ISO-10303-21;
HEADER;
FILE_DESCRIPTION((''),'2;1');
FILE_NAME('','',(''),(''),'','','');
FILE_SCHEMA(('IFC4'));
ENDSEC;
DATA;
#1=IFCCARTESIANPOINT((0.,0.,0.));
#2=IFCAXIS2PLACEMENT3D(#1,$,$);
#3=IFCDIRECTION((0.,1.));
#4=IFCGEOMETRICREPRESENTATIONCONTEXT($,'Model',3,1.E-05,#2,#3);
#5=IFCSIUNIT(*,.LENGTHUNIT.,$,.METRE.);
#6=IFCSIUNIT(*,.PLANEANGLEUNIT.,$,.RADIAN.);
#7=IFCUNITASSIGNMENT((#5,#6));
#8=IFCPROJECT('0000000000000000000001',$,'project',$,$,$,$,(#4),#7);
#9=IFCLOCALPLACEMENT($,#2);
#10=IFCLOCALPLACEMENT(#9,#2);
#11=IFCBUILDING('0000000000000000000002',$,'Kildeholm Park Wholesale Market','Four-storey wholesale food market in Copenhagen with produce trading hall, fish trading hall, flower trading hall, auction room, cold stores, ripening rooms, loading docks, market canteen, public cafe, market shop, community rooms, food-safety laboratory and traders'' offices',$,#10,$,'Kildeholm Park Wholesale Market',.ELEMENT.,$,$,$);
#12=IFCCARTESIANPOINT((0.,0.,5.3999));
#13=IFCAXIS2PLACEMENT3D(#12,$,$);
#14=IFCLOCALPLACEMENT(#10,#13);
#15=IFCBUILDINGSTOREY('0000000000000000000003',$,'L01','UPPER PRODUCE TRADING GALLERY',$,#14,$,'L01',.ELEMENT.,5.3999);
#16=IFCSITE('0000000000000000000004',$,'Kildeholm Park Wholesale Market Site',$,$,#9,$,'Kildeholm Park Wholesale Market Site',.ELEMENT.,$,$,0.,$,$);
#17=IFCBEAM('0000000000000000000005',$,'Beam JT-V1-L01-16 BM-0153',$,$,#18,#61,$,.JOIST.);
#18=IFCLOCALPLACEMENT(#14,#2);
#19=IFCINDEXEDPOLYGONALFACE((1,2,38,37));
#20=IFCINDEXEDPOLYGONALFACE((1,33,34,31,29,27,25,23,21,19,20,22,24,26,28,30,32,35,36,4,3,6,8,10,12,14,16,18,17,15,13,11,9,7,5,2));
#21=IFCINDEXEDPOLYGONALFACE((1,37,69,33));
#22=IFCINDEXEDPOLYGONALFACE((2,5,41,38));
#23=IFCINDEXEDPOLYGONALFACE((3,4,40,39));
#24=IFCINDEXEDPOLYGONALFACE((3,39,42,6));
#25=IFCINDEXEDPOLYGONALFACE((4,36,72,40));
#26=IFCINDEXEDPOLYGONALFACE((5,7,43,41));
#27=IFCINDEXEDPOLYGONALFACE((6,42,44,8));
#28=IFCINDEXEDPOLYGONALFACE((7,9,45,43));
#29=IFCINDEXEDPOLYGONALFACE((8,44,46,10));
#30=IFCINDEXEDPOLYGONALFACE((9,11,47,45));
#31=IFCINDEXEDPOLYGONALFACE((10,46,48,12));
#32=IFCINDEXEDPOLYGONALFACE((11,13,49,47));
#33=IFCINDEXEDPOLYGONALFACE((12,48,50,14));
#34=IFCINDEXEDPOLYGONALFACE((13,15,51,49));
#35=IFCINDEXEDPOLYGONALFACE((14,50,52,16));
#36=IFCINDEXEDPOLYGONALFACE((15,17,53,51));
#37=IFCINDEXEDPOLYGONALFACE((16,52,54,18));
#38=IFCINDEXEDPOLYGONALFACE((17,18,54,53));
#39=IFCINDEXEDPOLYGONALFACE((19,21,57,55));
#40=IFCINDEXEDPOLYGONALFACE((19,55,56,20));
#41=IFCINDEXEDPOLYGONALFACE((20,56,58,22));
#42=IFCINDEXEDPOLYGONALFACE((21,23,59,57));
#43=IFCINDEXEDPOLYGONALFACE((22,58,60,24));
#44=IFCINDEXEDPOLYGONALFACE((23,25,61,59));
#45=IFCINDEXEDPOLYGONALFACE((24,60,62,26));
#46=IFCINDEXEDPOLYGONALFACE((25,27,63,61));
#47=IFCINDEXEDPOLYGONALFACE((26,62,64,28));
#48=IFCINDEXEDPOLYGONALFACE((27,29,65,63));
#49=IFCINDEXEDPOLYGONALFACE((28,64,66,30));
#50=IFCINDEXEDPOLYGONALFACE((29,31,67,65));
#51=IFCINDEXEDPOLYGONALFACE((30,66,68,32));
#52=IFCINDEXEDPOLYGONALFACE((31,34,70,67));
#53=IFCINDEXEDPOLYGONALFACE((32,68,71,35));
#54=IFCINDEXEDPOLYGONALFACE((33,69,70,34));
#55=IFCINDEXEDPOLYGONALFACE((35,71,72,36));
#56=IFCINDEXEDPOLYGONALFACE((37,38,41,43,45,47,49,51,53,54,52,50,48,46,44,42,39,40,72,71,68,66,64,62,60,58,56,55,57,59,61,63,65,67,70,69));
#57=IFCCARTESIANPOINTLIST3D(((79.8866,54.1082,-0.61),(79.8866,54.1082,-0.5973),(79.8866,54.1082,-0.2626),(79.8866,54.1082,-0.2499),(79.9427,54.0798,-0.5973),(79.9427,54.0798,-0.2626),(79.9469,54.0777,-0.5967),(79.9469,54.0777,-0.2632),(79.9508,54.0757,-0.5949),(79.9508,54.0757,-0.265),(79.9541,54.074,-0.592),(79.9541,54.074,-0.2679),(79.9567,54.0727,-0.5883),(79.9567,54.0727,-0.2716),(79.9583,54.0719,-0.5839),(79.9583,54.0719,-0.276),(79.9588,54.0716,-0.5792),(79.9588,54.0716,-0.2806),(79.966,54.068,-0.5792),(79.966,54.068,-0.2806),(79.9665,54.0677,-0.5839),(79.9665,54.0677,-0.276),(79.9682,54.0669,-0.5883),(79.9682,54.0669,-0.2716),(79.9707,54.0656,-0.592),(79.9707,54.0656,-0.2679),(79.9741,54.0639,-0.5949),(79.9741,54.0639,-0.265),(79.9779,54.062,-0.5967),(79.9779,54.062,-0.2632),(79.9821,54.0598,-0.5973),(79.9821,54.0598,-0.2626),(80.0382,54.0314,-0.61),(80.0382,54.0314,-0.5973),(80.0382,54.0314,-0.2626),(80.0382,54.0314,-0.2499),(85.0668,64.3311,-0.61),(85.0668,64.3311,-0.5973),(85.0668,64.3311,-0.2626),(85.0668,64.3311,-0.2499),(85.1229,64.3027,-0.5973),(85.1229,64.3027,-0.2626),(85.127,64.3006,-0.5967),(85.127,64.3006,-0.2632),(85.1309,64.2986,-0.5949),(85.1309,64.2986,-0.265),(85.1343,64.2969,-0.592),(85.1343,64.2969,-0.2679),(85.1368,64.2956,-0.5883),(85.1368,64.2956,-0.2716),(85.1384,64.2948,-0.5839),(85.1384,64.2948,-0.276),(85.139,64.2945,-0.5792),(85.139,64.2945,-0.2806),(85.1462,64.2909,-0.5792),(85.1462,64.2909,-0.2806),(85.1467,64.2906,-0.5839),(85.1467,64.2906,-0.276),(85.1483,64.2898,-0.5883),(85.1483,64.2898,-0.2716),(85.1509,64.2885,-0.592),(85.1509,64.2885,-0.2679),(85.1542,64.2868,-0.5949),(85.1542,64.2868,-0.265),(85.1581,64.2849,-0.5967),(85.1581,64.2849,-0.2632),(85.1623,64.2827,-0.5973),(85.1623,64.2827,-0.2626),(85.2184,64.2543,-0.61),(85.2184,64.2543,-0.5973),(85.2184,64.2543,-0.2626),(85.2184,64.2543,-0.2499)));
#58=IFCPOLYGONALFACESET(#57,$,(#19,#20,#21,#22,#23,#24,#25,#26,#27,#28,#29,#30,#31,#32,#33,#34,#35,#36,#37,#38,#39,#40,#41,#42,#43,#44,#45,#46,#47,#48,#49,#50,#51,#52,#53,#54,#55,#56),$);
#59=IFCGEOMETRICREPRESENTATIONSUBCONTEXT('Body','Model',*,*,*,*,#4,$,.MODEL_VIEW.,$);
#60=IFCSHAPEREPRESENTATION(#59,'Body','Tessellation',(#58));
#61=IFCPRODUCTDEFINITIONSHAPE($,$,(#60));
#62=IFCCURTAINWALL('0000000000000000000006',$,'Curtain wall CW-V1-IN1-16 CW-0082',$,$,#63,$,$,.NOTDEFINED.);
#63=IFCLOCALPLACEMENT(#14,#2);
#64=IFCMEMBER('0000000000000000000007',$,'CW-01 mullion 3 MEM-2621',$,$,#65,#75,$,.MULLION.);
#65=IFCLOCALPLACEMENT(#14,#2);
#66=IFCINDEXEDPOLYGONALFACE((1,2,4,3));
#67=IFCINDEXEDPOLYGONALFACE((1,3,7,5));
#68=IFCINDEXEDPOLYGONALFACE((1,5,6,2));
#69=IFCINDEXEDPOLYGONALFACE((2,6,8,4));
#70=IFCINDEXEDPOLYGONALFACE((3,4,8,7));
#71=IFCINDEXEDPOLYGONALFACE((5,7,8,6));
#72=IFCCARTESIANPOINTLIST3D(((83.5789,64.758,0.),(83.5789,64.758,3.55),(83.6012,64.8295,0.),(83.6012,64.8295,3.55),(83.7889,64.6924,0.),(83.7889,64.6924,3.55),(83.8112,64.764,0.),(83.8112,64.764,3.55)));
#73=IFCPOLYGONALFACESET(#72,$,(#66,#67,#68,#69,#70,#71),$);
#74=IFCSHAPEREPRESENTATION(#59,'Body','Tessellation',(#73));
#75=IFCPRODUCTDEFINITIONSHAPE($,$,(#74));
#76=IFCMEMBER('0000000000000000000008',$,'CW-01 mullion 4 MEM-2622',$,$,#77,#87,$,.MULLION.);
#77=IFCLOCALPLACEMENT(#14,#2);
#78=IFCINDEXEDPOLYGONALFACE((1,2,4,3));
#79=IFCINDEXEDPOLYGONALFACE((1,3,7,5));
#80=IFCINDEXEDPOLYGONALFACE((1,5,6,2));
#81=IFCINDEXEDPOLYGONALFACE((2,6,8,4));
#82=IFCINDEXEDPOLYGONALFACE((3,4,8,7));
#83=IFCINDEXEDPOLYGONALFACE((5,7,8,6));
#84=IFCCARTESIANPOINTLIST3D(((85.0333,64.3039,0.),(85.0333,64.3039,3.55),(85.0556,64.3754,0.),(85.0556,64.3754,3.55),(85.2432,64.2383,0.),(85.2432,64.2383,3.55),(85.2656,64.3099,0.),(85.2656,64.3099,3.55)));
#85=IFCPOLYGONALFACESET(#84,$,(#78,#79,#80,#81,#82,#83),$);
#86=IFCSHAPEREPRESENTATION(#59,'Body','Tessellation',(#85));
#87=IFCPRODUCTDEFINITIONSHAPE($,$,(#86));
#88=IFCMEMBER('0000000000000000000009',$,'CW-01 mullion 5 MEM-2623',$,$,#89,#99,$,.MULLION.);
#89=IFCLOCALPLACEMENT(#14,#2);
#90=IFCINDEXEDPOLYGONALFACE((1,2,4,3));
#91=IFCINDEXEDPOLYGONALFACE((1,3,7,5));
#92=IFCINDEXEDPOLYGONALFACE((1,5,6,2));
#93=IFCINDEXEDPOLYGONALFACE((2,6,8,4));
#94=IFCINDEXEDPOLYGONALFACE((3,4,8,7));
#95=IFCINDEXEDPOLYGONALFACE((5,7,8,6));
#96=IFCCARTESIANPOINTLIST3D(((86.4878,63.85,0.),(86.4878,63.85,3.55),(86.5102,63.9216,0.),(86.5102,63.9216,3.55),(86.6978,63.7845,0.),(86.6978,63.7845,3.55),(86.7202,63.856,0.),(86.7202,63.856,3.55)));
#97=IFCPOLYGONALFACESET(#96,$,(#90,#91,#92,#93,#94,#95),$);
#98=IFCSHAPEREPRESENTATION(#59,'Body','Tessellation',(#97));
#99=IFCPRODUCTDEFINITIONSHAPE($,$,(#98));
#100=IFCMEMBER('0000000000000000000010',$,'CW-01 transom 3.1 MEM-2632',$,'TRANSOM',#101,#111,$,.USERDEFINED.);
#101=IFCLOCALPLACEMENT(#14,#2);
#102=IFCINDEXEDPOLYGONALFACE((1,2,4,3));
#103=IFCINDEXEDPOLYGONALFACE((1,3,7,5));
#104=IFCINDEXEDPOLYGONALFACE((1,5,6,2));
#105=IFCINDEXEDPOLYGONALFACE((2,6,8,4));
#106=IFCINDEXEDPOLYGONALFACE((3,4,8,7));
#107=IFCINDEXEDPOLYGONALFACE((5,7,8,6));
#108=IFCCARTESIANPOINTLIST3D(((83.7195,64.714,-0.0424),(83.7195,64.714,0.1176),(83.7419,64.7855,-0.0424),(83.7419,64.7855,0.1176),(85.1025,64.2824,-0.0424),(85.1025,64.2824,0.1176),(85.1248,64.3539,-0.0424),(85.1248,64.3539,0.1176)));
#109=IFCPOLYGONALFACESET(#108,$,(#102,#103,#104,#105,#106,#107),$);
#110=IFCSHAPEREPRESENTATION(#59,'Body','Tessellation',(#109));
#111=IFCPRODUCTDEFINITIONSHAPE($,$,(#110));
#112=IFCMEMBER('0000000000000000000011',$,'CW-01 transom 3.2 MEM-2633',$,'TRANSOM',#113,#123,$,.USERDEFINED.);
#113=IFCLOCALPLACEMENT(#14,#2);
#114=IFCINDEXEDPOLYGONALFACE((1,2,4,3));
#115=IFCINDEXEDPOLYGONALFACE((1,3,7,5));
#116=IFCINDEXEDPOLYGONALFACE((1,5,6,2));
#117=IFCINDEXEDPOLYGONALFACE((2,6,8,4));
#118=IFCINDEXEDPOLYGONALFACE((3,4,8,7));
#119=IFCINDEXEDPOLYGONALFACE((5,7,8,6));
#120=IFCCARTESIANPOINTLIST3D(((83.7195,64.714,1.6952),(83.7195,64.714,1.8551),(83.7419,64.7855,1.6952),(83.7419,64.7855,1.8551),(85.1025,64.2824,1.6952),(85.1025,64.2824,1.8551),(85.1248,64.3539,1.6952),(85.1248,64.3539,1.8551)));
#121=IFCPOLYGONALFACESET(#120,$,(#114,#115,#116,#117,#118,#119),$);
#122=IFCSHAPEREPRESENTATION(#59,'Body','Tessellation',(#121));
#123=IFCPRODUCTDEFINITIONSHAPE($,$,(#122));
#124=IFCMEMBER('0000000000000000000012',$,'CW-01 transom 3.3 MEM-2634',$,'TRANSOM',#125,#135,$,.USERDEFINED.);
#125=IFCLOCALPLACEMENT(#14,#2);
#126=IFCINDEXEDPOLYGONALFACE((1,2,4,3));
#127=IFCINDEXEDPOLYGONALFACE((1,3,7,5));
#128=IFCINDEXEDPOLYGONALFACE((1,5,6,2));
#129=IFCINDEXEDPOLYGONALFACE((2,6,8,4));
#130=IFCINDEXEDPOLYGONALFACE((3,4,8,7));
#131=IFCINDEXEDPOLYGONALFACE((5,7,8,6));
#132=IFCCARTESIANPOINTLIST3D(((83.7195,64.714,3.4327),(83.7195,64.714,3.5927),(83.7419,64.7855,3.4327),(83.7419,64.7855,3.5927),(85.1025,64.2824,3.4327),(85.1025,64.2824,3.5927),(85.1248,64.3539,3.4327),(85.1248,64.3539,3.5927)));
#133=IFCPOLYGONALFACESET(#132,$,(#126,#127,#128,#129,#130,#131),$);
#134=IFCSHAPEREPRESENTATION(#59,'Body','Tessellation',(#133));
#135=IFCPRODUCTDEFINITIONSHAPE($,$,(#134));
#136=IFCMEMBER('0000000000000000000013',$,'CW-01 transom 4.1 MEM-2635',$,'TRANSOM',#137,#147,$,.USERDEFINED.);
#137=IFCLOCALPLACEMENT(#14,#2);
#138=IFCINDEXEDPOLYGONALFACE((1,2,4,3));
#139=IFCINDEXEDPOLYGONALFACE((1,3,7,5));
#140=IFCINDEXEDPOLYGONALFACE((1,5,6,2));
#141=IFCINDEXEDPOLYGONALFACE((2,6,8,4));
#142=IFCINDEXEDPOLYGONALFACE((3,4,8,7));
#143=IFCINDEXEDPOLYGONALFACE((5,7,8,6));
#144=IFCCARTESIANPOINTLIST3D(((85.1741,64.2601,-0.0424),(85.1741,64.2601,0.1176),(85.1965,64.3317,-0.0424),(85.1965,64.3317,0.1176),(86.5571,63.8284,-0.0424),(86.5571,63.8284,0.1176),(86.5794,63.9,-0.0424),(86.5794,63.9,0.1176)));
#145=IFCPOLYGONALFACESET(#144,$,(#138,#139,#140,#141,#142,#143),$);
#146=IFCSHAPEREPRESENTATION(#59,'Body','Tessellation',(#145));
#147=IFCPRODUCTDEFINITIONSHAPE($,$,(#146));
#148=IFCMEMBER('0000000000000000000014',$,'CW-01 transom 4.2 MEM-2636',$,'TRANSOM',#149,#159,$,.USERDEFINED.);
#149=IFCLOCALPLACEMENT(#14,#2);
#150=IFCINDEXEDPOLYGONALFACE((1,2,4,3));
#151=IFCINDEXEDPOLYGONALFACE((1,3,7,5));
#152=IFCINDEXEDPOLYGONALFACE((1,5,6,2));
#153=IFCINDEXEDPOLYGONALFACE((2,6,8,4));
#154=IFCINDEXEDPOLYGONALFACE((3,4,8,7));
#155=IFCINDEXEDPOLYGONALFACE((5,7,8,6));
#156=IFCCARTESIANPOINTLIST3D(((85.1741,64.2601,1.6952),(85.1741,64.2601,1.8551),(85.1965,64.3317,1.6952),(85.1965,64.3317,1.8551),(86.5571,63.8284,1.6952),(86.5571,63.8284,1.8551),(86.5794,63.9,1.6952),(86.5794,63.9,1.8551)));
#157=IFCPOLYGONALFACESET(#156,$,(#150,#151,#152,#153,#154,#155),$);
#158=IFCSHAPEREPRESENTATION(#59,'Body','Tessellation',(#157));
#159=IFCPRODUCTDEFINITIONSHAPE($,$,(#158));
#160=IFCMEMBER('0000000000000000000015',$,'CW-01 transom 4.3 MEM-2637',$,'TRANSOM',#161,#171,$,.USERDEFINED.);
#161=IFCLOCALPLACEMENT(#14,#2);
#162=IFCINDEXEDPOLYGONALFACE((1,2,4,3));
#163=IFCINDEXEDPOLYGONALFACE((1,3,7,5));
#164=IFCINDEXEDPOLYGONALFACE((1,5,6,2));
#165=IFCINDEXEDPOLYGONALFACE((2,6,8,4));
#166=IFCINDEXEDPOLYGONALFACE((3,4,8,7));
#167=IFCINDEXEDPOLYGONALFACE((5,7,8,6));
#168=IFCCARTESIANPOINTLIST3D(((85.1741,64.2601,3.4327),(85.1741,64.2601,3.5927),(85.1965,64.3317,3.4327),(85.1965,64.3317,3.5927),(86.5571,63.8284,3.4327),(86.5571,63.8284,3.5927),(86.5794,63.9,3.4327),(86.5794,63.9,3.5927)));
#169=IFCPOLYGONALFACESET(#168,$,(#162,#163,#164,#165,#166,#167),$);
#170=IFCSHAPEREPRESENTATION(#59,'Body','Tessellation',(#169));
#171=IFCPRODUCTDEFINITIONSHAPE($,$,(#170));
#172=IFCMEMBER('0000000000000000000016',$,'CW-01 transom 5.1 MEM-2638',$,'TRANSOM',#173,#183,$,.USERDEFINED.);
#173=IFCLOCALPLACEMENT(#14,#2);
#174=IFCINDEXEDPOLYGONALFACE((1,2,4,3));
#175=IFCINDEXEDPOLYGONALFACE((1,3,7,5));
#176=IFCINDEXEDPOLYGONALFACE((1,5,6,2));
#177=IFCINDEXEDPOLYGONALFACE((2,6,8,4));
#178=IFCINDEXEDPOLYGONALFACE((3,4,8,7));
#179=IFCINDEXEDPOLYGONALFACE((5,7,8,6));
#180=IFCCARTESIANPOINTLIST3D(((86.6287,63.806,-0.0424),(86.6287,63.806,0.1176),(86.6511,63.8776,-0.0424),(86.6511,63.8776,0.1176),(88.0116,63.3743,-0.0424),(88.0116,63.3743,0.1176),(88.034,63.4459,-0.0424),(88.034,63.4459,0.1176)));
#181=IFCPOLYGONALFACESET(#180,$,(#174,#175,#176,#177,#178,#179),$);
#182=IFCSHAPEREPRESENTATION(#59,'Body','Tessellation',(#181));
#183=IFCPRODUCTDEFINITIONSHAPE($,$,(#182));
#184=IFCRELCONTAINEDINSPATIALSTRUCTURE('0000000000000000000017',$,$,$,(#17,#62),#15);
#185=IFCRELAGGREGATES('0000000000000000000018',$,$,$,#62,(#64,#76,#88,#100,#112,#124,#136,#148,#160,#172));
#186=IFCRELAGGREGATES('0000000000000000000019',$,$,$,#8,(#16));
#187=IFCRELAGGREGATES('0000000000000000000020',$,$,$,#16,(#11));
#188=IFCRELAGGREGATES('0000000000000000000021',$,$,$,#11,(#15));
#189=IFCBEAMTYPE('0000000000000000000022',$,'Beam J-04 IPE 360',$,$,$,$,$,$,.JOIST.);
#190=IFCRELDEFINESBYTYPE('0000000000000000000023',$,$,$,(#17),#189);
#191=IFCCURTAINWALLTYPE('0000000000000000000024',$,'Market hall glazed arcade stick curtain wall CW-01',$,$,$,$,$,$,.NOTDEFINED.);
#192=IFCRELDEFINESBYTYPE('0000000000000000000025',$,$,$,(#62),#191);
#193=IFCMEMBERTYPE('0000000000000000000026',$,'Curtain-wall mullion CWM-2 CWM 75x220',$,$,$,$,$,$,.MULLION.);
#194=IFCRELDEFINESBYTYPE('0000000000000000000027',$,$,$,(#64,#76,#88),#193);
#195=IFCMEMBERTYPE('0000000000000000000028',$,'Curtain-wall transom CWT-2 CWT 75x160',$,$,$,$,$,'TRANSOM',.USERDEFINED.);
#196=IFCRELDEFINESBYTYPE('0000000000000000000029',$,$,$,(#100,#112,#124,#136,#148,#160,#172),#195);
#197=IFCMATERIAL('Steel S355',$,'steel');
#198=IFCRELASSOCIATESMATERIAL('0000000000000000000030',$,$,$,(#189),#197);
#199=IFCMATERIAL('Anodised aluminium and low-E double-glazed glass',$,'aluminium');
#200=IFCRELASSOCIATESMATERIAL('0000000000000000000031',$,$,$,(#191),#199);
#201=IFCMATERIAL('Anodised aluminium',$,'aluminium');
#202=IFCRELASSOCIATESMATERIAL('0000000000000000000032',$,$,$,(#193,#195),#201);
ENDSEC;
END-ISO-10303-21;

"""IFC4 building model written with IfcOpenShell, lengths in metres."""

from ifc_helpers import new_model, si_unit, direction, frame, origin, origin_2d, place, context, subcontext, project, spatial, rectangle, i_section, extrude, material, material_profile, profile_set, type_object, element, aggregate, save


model = new_model("IFC4")

# Units and contexts
model_context = context("Model", 3, precision=1e-05, world=origin(), true_north=direction((0.0, 1.0)))
body_context = subcontext(model_context, "Body", "Model", "MODEL_VIEW")
ifc_project = project(units=[si_unit("LENGTHUNIT", "METRE"), si_unit("PLANEANGLEUNIT", "RADIAN")], contexts=[model_context])

# Site, building, storey
site_placement = place(None, origin())
site = spatial("IfcSite", under=ifc_project, at=site_placement, Name="Kildeholm Park Wholesale Market Site", LongName="Kildeholm Park Wholesale Market Site", CompositionType="ELEMENT", RefElevation=0.0)
building_placement = place(site_placement, origin())
building = spatial("IfcBuilding", under=site, at=building_placement, Name="Kildeholm Park Wholesale Market", Description="Four-storey wholesale food market in Copenhagen with produce trading hall, fish trading hall, flower trading hall, auction room, cold stores, ripening rooms, loading docks, market canteen, public cafe, market shop, community rooms, food-safety laboratory and traders' offices", LongName="Kildeholm Park Wholesale Market", CompositionType="ELEMENT")
storey_placement = place(building_placement, frame((0.0, 0.0, 5.3999)))
storey = spatial("IfcBuildingStorey", under=building, at=storey_placement, Name="L01", Description="UPPER PRODUCE TRADING GALLERY", LongName="L01", CompositionType="ELEMENT", Elevation=5.3999)

# Beam
ifc_material_1 = material(Name="Steel S355", Category="steel")
ifc_material_profile_1 = material_profile(ifc_material_1, i_section(OverallWidth=0.1699, OverallDepth=0.3601, WebThickness=0.0081, FlangeThickness=0.0127, FilletRadius=0.0181, at=origin_2d()), Name="IPE 360")
ifc_profile_set_1 = profile_set([ifc_material_profile_1], Name="Steel S355")
beam_type = type_object("IfcBeamType", Name="Beam J-04 IPE 360", PredefinedType="JOIST", material=ifc_profile_set_1)
beam_placement = place(storey_placement, frame((85.1426, 64.2927, -0.4299), z_axis=(-0.452005, -0.892016, 0.0), x_axis=(0.892016, -0.452005, 0.0)))
element("IfcBeam", 1, at=beam_placement, inside=storey, type_object=beam_type, Name="Beam JT-V1-L01-16 BM-0153", PredefinedType="JOIST", context=body_context, shape_type="SweptSolid", body=[
    extrude(i_section(OverallWidth=0.1699, OverallDepth=0.3601, WebThickness=0.0081, FlangeThickness=0.0127, FilletRadius=0.0181, at=origin_2d()), origin(), (0.0, 0.0, 1.0), 11.4604),
])

# Curtain wall, members
ifc_material_2 = material(Name="Anodised aluminium and low-E double-glazed glass", Category="aluminium")
curtain_wall_type = type_object("IfcCurtainWallType", Name="Market hall glazed arcade stick curtain wall CW-01", PredefinedType="NOTDEFINED", material=ifc_material_2)
curtain_wall_placement = place(storey_placement, origin())
curtain_wall = element("IfcCurtainWall", 2, at=curtain_wall_placement, inside=storey, type_object=curtain_wall_type, Name="Curtain wall CW-V1-IN1-16 CW-0082", PredefinedType="NOTDEFINED")
ifc_material_3 = material(Name="Anodised aluminium", Category="aluminium")
ifc_material_profile_2 = material_profile(ifc_material_3, rectangle(XDim=0.075, YDim=0.22, at=origin_2d()), Name="CWM 75x220")
ifc_profile_set_2 = profile_set([ifc_material_profile_2], Name="Anodised aluminium")
member_type_1 = type_object("IfcMemberType", Name="Curtain-wall mullion CWM-2 CWM 75x220", PredefinedType="MULLION", material=ifc_profile_set_2)
member_1_placement = place(storey_placement, frame((83.6951, 64.761, 0.0), z_axis=(0.0, 0.0, 1.0), x_axis=(0.297957, 0.954579, 0.0)))
member_1 = element("IfcMember", 3, at=member_1_placement, type_object=member_type_1, Name="CW-01 mullion 3 MEM-2621", PredefinedType="MULLION", context=body_context, shape_type="SweptSolid", body=[
    extrude(rectangle(XDim=0.075, YDim=0.22, at=origin_2d()), origin(), (0.0, 0.0, 1.0), 3.55),
])
member_2_placement = place(storey_placement, frame((85.1494, 64.3069, 0.0), z_axis=(0.0, 0.0, 1.0), x_axis=(0.297957, 0.954579, 0.0)))
member_2 = element("IfcMember", 4, at=member_2_placement, type_object=member_type_1, Name="CW-01 mullion 4 MEM-2622", PredefinedType="MULLION", context=body_context, shape_type="SweptSolid", body=[
    extrude(rectangle(XDim=0.075, YDim=0.22, at=origin_2d()), origin(), (0.0, 0.0, 1.0), 3.55),
])
member_3_placement = place(storey_placement, frame((86.604, 63.853, 0.0), z_axis=(0.0, 0.0, 1.0), x_axis=(0.297957, 0.954579, 0.0)))
member_3 = element("IfcMember", 5, at=member_3_placement, type_object=member_type_1, Name="CW-01 mullion 5 MEM-2623", PredefinedType="MULLION", context=body_context, shape_type="SweptSolid", body=[
    extrude(rectangle(XDim=0.075, YDim=0.22, at=origin_2d()), origin(), (0.0, 0.0, 1.0), 3.55),
])
ifc_material_profile_3 = material_profile(ifc_material_3, rectangle(XDim=0.075, YDim=0.1599, at=origin_2d()), Name="CWT 75x160")
ifc_profile_set_3 = profile_set([ifc_material_profile_3], Name="Anodised aluminium")
member_type_2 = type_object("IfcMemberType", Name="Curtain-wall transom CWT-2 CWT 75x160", ElementType="TRANSOM", PredefinedType="USERDEFINED", material=ifc_profile_set_3)
member_4_placement = place(storey_placement, frame((83.7307, 64.7498, 0.0376), z_axis=(0.954591, -0.29792, 0.0), x_axis=(0.29792, 0.954591, 0.0)))
member_4 = element("IfcMember", 6, at=member_4_placement, type_object=member_type_2, Name="CW-01 transom 3.1 MEM-2632", ObjectType="TRANSOM", PredefinedType="USERDEFINED", context=body_context, shape_type="SweptSolid", body=[
    extrude(rectangle(XDim=0.075, YDim=0.1599, at=origin_2d()), origin(), (0.0, 0.0, 1.0), 1.4487),
])
member_5_placement = place(storey_placement, frame((83.7307, 64.7498, 1.7751), z_axis=(0.954591, -0.29792, 0.0), x_axis=(0.29792, 0.954591, 0.0)))
member_5 = element("IfcMember", 7, at=member_5_placement, type_object=member_type_2, Name="CW-01 transom 3.2 MEM-2633", ObjectType="TRANSOM", PredefinedType="USERDEFINED", context=body_context, shape_type="SweptSolid", body=[
    extrude(rectangle(XDim=0.075, YDim=0.1599, at=origin_2d()), origin(), (0.0, 0.0, 1.0), 1.4487),
])
member_6_placement = place(storey_placement, frame((83.7307, 64.7498, 3.5127), z_axis=(0.954591, -0.29792, 0.0), x_axis=(0.29792, 0.954591, 0.0)))
member_6 = element("IfcMember", 8, at=member_6_placement, type_object=member_type_2, Name="CW-01 transom 3.3 MEM-2634", ObjectType="TRANSOM", PredefinedType="USERDEFINED", context=body_context, shape_type="SweptSolid", body=[
    extrude(rectangle(XDim=0.075, YDim=0.1599, at=origin_2d()), origin(), (0.0, 0.0, 1.0), 1.4487),
])
member_7_placement = place(storey_placement, frame((85.1853, 64.2959, 0.0376), z_axis=(0.954576, -0.297968, 0.0), x_axis=(0.297968, 0.954576, 0.0)))
member_7 = element("IfcMember", 9, at=member_7_placement, type_object=member_type_2, Name="CW-01 transom 4.1 MEM-2635", ObjectType="TRANSOM", PredefinedType="USERDEFINED", context=body_context, shape_type="SweptSolid", body=[
    extrude(rectangle(XDim=0.075, YDim=0.1599, at=origin_2d()), origin(), (0.0, 0.0, 1.0), 1.4487),
])
member_8_placement = place(storey_placement, frame((85.1853, 64.2959, 1.7751), z_axis=(0.954576, -0.297968, 0.0), x_axis=(0.297968, 0.954576, 0.0)))
member_8 = element("IfcMember", 10, at=member_8_placement, type_object=member_type_2, Name="CW-01 transom 4.2 MEM-2636", ObjectType="TRANSOM", PredefinedType="USERDEFINED", context=body_context, shape_type="SweptSolid", body=[
    extrude(rectangle(XDim=0.075, YDim=0.1599, at=origin_2d()), origin(), (0.0, 0.0, 1.0), 1.4487),
])
member_9_placement = place(storey_placement, frame((85.1853, 64.2959, 3.5127), z_axis=(0.954576, -0.297968, 0.0), x_axis=(0.297968, 0.954576, 0.0)))
member_9 = element("IfcMember", 11, at=member_9_placement, type_object=member_type_2, Name="CW-01 transom 4.3 MEM-2637", ObjectType="TRANSOM", PredefinedType="USERDEFINED", context=body_context, shape_type="SweptSolid", body=[
    extrude(rectangle(XDim=0.075, YDim=0.1599, at=origin_2d()), origin(), (0.0, 0.0, 1.0), 1.4487),
])
member_10_placement = place(storey_placement, frame((86.6399, 63.8418, 0.0376), z_axis=(0.954576, -0.297968, 0.0), x_axis=(0.297968, 0.954576, 0.0)))
member_10 = element("IfcMember", 12, at=member_10_placement, type_object=member_type_2, Name="CW-01 transom 5.1 MEM-2638", ObjectType="TRANSOM", PredefinedType="USERDEFINED", context=body_context, shape_type="SweptSolid", body=[
    extrude(rectangle(XDim=0.075, YDim=0.1599, at=origin_2d()), origin(), (0.0, 0.0, 1.0), 1.4487),
])
aggregate(curtain_wall, [member_1, member_2, member_3, member_4, member_5, member_6, member_7, member_8, member_9, member_10])

save(model, "model.ifc")
